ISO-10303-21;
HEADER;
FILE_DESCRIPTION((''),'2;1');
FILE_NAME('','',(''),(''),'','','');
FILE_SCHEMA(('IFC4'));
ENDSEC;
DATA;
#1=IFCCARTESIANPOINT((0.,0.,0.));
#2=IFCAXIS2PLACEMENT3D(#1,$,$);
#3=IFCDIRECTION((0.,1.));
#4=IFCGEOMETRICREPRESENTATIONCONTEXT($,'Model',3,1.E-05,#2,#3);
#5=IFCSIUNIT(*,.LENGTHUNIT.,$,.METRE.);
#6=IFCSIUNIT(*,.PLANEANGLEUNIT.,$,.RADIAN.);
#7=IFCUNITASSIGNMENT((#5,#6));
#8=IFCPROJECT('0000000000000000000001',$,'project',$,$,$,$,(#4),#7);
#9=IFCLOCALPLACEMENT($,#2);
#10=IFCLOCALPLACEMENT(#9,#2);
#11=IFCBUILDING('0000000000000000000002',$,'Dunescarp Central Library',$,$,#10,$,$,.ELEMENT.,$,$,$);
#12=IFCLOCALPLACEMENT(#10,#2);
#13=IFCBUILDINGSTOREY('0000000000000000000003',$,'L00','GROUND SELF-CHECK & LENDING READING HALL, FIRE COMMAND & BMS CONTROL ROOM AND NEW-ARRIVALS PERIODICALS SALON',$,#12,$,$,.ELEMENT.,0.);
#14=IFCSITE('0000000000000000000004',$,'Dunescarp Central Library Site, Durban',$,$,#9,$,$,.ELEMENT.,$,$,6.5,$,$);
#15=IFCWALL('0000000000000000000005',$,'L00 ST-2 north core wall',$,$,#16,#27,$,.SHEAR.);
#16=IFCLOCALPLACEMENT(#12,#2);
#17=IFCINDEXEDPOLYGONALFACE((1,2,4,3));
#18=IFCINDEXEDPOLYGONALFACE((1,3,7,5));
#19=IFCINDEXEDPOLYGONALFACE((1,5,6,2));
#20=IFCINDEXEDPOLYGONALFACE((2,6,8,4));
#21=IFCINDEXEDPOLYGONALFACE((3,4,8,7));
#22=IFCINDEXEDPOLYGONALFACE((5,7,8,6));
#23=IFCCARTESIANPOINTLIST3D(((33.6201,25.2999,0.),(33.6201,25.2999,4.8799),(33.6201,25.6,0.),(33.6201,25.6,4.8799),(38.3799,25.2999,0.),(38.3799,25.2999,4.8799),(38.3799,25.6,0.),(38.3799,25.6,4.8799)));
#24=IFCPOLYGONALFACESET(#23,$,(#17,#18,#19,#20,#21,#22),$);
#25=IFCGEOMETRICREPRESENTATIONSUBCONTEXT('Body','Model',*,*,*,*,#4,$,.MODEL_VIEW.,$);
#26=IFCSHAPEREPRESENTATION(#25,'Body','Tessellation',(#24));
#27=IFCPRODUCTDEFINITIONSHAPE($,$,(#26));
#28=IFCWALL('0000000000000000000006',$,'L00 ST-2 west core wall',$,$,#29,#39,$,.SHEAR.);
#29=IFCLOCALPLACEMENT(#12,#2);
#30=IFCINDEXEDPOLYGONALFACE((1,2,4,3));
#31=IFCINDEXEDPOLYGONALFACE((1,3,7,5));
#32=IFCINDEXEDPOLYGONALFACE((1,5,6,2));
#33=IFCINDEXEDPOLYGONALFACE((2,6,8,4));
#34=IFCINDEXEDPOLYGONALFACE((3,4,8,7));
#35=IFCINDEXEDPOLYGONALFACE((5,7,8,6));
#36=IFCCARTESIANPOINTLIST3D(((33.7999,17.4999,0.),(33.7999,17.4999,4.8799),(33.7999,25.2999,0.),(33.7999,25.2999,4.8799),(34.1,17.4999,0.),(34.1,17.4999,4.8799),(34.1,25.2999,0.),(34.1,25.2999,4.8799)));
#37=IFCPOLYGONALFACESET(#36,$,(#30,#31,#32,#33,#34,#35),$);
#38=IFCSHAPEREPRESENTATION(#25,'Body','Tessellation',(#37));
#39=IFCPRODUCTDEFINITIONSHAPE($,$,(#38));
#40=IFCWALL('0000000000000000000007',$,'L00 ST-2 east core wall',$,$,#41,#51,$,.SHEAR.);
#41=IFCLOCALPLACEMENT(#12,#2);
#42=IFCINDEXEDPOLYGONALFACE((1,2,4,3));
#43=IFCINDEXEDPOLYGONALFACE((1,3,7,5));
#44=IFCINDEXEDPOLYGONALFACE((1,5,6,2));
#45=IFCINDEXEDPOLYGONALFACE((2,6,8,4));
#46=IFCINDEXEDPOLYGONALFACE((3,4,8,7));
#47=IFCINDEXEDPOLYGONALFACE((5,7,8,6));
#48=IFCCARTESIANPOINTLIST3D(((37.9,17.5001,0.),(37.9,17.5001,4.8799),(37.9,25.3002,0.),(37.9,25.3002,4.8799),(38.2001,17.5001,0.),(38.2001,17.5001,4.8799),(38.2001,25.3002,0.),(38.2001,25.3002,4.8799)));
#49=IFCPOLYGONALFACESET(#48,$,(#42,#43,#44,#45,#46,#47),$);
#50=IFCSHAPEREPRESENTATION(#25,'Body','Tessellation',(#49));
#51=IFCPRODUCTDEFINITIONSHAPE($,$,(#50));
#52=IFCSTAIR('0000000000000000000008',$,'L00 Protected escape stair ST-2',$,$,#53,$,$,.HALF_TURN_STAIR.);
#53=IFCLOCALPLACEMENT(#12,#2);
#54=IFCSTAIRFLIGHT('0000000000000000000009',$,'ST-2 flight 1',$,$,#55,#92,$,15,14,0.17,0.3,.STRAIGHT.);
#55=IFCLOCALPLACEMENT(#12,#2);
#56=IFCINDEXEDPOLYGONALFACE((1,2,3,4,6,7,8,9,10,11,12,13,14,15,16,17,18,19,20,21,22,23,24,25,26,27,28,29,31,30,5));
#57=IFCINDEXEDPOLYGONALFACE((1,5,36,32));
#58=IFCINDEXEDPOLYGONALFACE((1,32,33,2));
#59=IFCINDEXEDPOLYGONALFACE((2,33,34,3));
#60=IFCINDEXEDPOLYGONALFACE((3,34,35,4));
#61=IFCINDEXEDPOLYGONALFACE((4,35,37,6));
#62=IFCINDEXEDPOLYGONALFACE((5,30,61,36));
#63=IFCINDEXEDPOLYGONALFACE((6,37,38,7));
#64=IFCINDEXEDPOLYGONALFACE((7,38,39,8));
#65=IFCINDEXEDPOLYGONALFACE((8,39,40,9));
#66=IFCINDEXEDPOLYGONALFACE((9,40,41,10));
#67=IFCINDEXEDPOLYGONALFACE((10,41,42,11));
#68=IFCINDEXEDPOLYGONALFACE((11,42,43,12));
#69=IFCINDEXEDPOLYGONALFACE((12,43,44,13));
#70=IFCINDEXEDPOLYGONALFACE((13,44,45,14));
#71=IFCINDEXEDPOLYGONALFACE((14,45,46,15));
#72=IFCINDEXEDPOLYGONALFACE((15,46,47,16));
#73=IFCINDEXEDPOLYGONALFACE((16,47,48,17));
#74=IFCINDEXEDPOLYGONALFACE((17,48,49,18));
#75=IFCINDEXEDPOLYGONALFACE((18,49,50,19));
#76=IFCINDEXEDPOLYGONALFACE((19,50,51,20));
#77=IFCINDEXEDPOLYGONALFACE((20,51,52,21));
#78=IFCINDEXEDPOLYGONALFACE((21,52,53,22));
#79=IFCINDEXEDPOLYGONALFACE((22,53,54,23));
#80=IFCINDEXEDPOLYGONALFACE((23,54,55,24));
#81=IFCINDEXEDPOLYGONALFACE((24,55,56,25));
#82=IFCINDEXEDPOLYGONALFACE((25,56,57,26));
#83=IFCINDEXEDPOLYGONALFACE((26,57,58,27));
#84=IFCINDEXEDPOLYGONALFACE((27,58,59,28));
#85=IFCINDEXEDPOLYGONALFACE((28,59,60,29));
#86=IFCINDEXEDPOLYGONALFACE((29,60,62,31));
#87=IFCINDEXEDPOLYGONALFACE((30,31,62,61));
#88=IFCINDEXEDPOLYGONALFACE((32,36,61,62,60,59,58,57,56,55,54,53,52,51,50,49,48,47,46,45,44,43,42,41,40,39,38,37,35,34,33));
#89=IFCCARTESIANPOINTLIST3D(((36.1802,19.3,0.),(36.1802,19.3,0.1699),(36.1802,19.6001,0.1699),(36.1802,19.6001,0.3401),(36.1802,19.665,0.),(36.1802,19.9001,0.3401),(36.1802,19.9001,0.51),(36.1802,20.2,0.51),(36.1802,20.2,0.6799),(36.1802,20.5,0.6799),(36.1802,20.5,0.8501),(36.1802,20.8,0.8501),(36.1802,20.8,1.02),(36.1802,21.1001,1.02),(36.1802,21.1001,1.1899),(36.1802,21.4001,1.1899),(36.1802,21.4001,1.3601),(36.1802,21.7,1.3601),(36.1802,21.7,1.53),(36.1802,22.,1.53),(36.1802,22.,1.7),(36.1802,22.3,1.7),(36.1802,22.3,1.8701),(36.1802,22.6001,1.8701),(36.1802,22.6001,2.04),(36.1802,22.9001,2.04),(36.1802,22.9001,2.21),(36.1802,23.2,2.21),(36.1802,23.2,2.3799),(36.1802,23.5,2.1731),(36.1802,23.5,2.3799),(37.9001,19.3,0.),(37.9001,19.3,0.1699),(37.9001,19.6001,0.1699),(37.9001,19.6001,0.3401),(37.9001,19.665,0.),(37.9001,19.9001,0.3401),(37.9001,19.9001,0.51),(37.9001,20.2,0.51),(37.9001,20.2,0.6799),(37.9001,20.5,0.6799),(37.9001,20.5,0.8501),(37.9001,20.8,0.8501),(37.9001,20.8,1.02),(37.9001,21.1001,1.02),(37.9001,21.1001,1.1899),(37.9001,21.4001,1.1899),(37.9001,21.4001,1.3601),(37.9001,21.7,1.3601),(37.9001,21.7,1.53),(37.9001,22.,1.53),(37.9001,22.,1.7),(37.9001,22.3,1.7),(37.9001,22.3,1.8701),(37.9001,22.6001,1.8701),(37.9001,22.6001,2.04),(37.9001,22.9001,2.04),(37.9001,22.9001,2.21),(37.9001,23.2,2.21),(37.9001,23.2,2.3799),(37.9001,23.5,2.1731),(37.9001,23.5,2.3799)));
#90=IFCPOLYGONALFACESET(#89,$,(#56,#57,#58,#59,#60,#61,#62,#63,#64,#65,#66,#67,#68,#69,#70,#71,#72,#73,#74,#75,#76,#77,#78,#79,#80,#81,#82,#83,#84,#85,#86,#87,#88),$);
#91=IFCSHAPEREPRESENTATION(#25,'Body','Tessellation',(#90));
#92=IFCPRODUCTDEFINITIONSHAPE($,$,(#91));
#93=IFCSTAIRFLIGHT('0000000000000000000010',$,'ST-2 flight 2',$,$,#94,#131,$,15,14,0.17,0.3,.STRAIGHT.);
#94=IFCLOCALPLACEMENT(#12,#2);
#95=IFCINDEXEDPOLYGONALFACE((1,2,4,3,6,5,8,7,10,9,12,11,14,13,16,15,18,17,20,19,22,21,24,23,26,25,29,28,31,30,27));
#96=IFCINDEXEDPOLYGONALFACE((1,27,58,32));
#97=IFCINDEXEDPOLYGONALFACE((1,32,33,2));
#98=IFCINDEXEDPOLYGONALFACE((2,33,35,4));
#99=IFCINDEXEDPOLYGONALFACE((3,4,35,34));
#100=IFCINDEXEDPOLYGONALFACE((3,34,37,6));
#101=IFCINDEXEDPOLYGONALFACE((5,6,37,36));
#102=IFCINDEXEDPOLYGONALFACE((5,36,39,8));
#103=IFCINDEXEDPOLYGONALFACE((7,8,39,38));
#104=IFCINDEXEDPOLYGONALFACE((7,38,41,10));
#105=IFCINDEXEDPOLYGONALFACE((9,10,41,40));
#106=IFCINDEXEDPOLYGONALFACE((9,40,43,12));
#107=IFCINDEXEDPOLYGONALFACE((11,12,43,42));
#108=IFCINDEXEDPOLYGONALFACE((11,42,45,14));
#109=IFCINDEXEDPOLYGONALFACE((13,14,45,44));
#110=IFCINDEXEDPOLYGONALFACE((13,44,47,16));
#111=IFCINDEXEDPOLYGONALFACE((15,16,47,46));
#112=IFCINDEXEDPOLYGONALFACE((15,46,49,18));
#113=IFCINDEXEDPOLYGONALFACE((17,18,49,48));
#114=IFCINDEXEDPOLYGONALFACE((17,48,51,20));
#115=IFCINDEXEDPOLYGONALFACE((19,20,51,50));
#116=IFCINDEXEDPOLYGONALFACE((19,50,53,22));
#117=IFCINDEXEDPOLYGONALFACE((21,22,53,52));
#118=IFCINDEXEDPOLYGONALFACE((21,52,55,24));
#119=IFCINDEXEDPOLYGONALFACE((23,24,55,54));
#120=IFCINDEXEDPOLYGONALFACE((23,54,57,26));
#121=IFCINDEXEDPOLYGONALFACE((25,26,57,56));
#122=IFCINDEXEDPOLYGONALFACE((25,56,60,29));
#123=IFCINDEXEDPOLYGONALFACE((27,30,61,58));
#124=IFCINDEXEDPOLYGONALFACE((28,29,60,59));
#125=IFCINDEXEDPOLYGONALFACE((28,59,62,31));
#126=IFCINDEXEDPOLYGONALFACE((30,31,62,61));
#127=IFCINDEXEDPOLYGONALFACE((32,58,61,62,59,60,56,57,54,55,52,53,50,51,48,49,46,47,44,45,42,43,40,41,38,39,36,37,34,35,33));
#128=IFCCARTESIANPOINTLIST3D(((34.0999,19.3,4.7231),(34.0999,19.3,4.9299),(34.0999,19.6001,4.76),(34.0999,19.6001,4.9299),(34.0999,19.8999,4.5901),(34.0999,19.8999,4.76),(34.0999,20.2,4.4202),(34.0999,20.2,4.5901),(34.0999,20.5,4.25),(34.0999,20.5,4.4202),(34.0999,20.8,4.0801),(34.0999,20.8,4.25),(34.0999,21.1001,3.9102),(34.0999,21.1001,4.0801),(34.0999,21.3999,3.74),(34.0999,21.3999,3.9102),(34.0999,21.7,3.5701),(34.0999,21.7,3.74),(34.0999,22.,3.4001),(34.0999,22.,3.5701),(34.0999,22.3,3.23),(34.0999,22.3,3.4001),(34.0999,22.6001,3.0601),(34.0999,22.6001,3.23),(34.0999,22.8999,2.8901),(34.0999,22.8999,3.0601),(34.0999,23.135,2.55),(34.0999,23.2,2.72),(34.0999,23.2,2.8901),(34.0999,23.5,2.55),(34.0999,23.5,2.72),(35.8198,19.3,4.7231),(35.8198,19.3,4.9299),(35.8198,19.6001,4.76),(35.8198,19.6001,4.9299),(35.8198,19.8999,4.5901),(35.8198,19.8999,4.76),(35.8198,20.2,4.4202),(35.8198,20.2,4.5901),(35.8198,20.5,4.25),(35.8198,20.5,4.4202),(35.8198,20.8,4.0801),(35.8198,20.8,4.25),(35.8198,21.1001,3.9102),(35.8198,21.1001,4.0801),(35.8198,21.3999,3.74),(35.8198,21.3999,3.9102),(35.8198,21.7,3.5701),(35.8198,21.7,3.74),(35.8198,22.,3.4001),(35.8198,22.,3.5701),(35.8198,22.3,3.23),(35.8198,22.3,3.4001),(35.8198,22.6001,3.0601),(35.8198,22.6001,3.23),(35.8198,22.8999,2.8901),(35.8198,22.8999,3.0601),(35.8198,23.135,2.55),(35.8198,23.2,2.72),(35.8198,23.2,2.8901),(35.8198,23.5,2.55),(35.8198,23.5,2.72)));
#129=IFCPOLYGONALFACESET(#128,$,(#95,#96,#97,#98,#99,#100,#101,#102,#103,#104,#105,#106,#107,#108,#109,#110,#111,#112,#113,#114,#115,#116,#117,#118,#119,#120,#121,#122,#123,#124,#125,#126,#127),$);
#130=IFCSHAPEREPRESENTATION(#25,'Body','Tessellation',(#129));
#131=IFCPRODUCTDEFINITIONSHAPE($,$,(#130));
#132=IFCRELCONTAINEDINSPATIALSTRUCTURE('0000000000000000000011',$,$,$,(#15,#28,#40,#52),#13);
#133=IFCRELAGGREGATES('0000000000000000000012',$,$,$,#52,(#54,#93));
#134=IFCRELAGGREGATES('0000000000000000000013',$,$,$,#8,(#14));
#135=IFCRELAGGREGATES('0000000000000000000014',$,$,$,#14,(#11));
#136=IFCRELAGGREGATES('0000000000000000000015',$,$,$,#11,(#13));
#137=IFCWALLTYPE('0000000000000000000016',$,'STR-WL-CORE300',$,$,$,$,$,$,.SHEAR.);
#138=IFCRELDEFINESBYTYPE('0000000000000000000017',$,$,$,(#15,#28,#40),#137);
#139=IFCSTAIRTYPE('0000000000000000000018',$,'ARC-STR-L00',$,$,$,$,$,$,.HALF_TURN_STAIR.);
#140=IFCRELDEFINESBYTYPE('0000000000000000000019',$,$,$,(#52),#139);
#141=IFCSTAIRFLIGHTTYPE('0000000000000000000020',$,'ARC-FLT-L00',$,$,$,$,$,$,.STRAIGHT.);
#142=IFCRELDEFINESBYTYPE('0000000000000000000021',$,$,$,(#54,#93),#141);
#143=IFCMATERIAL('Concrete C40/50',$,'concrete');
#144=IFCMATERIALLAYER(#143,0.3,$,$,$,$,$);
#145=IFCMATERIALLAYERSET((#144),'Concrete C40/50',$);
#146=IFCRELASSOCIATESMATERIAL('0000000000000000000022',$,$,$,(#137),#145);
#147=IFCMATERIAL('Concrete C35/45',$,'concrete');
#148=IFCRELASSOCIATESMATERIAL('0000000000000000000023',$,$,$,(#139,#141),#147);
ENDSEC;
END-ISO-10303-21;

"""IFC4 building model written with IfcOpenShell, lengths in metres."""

from ifc_helpers import new_model, si_unit, direction, frame, frame_2d, origin, place, context, subcontext, project, spatial, polyline, rectangle, outline, extrude, material, layer, layer_set, type_object, element, aggregate, save


model = new_model("IFC4")

# Units and contexts
model_context = context("Model", 3, precision=1e-05, world=origin(), true_north=direction((0.0, 1.0)))
body_context = subcontext(model_context, "Body", "Model", "MODEL_VIEW")
ifc_project = project(units=[si_unit("LENGTHUNIT", "METRE"), si_unit("PLANEANGLEUNIT", "RADIAN")], contexts=[model_context])

# Site, building, storey
site_placement = place(None, origin())
site = spatial("IfcSite", under=ifc_project, at=site_placement, Name="Dunescarp Central Library Site, Durban", CompositionType="ELEMENT", RefElevation=6.5)
building_placement = place(site_placement, origin())
building = spatial("IfcBuilding", under=site, at=building_placement, Name="Dunescarp Central Library", CompositionType="ELEMENT")
storey_placement = place(building_placement, origin())
storey = spatial("IfcBuildingStorey", under=building, at=storey_placement, Name="L00", Description="GROUND SELF-CHECK & LENDING READING HALL, FIRE COMMAND & BMS CONTROL ROOM AND NEW-ARRIVALS PERIODICALS SALON", CompositionType="ELEMENT", Elevation=0.0)

# Shared definitions
ifc_material_1 = material(Name="Concrete C40/50", Category="concrete")

# Shared definitions
ifc_layer_1 = layer(ifc_material_1, 0.3)
ifc_layer_set_1 = layer_set([ifc_layer_1], Name="Concrete C40/50")
wall_type_1 = type_object("IfcWallType", Name="STR-WL-CORE300", PredefinedType="SHEAR", material=ifc_layer_set_1)

# Walls
wall_1_placement = place(storey_placement, frame((33.6201, 25.45, 0.0), z_axis=(0.0, 0.0, 1.0), x_axis=(1.0, 0.0, 0.0)))
element("IfcWall", 1, at=wall_1_placement, inside=storey, type_object=wall_type_1, Name="L00 ST-2 north core wall", PredefinedType="SHEAR", context=body_context, shape_type="SweptSolid", body=[
    extrude(rectangle(XDim=4.7598, YDim=0.3, at=frame_2d((2.3799, 0.0))), origin(), (0.0, 0.0, 1.0), 4.8799),
])
for number, where, z_axis, x_axis, name in (
    (2, (33.95, 17.5, 0.0), (0.0, 0.0, 1.0), (0.0, 1.0, 0.0), "L00 ST-2 west core wall"),
    (3, (38.05, 25.3, 0.0), (0.0, 0.0, 1.0), (0.0, -1.0, 0.0), "L00 ST-2 east core wall"),
):
    element("IfcWall", number, at=place(storey_placement, frame(where, z_axis=z_axis, x_axis=x_axis)), inside=storey, type_object=wall_type_1, Name=name, PredefinedType="SHEAR", context=body_context, shape_type="SweptSolid", body=[
        extrude(rectangle(XDim=7.8, YDim=0.3, at=frame_2d((3.8999, 0.0))), origin(), (0.0, 0.0, 1.0), 4.8799),
    ])

# Stair, stair flights
ifc_material_2 = material(Name="Concrete C35/45", Category="concrete")
stair_type = type_object("IfcStairType", Name="ARC-STR-L00", PredefinedType="HALF_TURN_STAIR", material=ifc_material_2)
stair_placement = place(storey_placement, origin())
stair = element("IfcStair", 4, at=stair_placement, inside=storey, type_object=stair_type, Name="L00 Protected escape stair ST-2", PredefinedType="HALF_TURN_STAIR")
stair_flight_type = type_object("IfcStairFlightType", Name="ARC-FLT-L00", PredefinedType="STRAIGHT", material=ifc_material_2)
stair_flight_1_placement = place(storey_placement, frame((37.04, 19.3, 0.0), z_axis=(0.0, 0.0, 1.0), x_axis=(0.0, 1.0, 0.0)))
stair_flight_1 = element("IfcStairFlight", 5, at=stair_flight_1_placement, type_object=stair_flight_type, Name="ST-2 flight 1", NumberOfRisers=15, NumberOfTreads=14, PredefinedType="STRAIGHT", RiserHeight=0.17, TreadLength=0.3, context=body_context, shape_type="SweptSolid", body=[
    extrude(outline(polyline([(0.0, 0.0), (0.0, 0.1699), (0.3, 0.1699), (0.3, 0.3401), (0.6001, 0.3401), (0.6001, 0.51), (0.8999, 0.51), (0.8999, 0.6799), (1.2, 0.6799), (1.2, 0.8501), (1.5, 0.8501), (1.5, 1.02), (1.8, 1.02), (1.8, 1.1899), (2.1001, 1.1899), (2.1001, 1.3601), (2.3999, 1.3601), (2.3999, 1.53), (2.7, 1.53), (2.7, 1.7), (3.0, 1.7), (3.0, 1.8701), (3.3, 1.8701), (3.3, 2.04), (3.6001, 2.04), (3.6001, 2.21), (3.8999, 2.21), (3.8999, 2.3799), (4.2, 2.3799), (4.2, 2.55), (4.2, 2.1731), (0.365, 0.0), (0.0, 0.0)])), frame((0.0, 0.8599, 0.0), z_axis=(0.0, -1.0, 0.0), x_axis=(1.0, 0.0, 0.0)), (0.0, 0.0, 1.0), 1.72),
])
stair_flight_2_placement = place(storey_placement, frame((34.96, 23.5, 2.55), z_axis=(0.0, 0.0, 1.0), x_axis=(0.0, -1.0, 0.0)))
stair_flight_2 = element("IfcStairFlight", 6, at=stair_flight_2_placement, type_object=stair_flight_type, Name="ST-2 flight 2", NumberOfRisers=15, NumberOfTreads=14, PredefinedType="STRAIGHT", RiserHeight=0.17, TreadLength=0.3, context=body_context, shape_type="SweptSolid", body=[
    extrude(outline(polyline([(0.0, 0.0), (0.0, 0.1699), (0.3, 0.1699), (0.3, 0.3401), (0.6001, 0.3401), (0.6001, 0.51), (0.8999, 0.51), (0.8999, 0.6799), (1.2, 0.6799), (1.2, 0.8501), (1.5, 0.8501), (1.5, 1.02), (1.8, 1.02), (1.8, 1.1899), (2.1001, 1.1899), (2.1001, 1.3601), (2.3999, 1.3601), (2.3999, 1.53), (2.7, 1.53), (2.7, 1.7), (3.0, 1.7), (3.0, 1.8701), (3.3, 1.8701), (3.3, 2.04), (3.6001, 2.04), (3.6001, 2.21), (3.8999, 2.21), (3.8999, 2.3799), (4.2, 2.3799), (4.2, 2.55), (4.2, 2.1731), (0.365, 0.0), (0.0, 0.0)])), frame((0.0, 0.8599, 0.0), z_axis=(0.0, -1.0, 0.0), x_axis=(1.0, 0.0, 0.0)), (0.0, 0.0, 1.0), 1.72),
])
aggregate(stair, [stair_flight_1, stair_flight_2])

save(model, "model.ifc")
